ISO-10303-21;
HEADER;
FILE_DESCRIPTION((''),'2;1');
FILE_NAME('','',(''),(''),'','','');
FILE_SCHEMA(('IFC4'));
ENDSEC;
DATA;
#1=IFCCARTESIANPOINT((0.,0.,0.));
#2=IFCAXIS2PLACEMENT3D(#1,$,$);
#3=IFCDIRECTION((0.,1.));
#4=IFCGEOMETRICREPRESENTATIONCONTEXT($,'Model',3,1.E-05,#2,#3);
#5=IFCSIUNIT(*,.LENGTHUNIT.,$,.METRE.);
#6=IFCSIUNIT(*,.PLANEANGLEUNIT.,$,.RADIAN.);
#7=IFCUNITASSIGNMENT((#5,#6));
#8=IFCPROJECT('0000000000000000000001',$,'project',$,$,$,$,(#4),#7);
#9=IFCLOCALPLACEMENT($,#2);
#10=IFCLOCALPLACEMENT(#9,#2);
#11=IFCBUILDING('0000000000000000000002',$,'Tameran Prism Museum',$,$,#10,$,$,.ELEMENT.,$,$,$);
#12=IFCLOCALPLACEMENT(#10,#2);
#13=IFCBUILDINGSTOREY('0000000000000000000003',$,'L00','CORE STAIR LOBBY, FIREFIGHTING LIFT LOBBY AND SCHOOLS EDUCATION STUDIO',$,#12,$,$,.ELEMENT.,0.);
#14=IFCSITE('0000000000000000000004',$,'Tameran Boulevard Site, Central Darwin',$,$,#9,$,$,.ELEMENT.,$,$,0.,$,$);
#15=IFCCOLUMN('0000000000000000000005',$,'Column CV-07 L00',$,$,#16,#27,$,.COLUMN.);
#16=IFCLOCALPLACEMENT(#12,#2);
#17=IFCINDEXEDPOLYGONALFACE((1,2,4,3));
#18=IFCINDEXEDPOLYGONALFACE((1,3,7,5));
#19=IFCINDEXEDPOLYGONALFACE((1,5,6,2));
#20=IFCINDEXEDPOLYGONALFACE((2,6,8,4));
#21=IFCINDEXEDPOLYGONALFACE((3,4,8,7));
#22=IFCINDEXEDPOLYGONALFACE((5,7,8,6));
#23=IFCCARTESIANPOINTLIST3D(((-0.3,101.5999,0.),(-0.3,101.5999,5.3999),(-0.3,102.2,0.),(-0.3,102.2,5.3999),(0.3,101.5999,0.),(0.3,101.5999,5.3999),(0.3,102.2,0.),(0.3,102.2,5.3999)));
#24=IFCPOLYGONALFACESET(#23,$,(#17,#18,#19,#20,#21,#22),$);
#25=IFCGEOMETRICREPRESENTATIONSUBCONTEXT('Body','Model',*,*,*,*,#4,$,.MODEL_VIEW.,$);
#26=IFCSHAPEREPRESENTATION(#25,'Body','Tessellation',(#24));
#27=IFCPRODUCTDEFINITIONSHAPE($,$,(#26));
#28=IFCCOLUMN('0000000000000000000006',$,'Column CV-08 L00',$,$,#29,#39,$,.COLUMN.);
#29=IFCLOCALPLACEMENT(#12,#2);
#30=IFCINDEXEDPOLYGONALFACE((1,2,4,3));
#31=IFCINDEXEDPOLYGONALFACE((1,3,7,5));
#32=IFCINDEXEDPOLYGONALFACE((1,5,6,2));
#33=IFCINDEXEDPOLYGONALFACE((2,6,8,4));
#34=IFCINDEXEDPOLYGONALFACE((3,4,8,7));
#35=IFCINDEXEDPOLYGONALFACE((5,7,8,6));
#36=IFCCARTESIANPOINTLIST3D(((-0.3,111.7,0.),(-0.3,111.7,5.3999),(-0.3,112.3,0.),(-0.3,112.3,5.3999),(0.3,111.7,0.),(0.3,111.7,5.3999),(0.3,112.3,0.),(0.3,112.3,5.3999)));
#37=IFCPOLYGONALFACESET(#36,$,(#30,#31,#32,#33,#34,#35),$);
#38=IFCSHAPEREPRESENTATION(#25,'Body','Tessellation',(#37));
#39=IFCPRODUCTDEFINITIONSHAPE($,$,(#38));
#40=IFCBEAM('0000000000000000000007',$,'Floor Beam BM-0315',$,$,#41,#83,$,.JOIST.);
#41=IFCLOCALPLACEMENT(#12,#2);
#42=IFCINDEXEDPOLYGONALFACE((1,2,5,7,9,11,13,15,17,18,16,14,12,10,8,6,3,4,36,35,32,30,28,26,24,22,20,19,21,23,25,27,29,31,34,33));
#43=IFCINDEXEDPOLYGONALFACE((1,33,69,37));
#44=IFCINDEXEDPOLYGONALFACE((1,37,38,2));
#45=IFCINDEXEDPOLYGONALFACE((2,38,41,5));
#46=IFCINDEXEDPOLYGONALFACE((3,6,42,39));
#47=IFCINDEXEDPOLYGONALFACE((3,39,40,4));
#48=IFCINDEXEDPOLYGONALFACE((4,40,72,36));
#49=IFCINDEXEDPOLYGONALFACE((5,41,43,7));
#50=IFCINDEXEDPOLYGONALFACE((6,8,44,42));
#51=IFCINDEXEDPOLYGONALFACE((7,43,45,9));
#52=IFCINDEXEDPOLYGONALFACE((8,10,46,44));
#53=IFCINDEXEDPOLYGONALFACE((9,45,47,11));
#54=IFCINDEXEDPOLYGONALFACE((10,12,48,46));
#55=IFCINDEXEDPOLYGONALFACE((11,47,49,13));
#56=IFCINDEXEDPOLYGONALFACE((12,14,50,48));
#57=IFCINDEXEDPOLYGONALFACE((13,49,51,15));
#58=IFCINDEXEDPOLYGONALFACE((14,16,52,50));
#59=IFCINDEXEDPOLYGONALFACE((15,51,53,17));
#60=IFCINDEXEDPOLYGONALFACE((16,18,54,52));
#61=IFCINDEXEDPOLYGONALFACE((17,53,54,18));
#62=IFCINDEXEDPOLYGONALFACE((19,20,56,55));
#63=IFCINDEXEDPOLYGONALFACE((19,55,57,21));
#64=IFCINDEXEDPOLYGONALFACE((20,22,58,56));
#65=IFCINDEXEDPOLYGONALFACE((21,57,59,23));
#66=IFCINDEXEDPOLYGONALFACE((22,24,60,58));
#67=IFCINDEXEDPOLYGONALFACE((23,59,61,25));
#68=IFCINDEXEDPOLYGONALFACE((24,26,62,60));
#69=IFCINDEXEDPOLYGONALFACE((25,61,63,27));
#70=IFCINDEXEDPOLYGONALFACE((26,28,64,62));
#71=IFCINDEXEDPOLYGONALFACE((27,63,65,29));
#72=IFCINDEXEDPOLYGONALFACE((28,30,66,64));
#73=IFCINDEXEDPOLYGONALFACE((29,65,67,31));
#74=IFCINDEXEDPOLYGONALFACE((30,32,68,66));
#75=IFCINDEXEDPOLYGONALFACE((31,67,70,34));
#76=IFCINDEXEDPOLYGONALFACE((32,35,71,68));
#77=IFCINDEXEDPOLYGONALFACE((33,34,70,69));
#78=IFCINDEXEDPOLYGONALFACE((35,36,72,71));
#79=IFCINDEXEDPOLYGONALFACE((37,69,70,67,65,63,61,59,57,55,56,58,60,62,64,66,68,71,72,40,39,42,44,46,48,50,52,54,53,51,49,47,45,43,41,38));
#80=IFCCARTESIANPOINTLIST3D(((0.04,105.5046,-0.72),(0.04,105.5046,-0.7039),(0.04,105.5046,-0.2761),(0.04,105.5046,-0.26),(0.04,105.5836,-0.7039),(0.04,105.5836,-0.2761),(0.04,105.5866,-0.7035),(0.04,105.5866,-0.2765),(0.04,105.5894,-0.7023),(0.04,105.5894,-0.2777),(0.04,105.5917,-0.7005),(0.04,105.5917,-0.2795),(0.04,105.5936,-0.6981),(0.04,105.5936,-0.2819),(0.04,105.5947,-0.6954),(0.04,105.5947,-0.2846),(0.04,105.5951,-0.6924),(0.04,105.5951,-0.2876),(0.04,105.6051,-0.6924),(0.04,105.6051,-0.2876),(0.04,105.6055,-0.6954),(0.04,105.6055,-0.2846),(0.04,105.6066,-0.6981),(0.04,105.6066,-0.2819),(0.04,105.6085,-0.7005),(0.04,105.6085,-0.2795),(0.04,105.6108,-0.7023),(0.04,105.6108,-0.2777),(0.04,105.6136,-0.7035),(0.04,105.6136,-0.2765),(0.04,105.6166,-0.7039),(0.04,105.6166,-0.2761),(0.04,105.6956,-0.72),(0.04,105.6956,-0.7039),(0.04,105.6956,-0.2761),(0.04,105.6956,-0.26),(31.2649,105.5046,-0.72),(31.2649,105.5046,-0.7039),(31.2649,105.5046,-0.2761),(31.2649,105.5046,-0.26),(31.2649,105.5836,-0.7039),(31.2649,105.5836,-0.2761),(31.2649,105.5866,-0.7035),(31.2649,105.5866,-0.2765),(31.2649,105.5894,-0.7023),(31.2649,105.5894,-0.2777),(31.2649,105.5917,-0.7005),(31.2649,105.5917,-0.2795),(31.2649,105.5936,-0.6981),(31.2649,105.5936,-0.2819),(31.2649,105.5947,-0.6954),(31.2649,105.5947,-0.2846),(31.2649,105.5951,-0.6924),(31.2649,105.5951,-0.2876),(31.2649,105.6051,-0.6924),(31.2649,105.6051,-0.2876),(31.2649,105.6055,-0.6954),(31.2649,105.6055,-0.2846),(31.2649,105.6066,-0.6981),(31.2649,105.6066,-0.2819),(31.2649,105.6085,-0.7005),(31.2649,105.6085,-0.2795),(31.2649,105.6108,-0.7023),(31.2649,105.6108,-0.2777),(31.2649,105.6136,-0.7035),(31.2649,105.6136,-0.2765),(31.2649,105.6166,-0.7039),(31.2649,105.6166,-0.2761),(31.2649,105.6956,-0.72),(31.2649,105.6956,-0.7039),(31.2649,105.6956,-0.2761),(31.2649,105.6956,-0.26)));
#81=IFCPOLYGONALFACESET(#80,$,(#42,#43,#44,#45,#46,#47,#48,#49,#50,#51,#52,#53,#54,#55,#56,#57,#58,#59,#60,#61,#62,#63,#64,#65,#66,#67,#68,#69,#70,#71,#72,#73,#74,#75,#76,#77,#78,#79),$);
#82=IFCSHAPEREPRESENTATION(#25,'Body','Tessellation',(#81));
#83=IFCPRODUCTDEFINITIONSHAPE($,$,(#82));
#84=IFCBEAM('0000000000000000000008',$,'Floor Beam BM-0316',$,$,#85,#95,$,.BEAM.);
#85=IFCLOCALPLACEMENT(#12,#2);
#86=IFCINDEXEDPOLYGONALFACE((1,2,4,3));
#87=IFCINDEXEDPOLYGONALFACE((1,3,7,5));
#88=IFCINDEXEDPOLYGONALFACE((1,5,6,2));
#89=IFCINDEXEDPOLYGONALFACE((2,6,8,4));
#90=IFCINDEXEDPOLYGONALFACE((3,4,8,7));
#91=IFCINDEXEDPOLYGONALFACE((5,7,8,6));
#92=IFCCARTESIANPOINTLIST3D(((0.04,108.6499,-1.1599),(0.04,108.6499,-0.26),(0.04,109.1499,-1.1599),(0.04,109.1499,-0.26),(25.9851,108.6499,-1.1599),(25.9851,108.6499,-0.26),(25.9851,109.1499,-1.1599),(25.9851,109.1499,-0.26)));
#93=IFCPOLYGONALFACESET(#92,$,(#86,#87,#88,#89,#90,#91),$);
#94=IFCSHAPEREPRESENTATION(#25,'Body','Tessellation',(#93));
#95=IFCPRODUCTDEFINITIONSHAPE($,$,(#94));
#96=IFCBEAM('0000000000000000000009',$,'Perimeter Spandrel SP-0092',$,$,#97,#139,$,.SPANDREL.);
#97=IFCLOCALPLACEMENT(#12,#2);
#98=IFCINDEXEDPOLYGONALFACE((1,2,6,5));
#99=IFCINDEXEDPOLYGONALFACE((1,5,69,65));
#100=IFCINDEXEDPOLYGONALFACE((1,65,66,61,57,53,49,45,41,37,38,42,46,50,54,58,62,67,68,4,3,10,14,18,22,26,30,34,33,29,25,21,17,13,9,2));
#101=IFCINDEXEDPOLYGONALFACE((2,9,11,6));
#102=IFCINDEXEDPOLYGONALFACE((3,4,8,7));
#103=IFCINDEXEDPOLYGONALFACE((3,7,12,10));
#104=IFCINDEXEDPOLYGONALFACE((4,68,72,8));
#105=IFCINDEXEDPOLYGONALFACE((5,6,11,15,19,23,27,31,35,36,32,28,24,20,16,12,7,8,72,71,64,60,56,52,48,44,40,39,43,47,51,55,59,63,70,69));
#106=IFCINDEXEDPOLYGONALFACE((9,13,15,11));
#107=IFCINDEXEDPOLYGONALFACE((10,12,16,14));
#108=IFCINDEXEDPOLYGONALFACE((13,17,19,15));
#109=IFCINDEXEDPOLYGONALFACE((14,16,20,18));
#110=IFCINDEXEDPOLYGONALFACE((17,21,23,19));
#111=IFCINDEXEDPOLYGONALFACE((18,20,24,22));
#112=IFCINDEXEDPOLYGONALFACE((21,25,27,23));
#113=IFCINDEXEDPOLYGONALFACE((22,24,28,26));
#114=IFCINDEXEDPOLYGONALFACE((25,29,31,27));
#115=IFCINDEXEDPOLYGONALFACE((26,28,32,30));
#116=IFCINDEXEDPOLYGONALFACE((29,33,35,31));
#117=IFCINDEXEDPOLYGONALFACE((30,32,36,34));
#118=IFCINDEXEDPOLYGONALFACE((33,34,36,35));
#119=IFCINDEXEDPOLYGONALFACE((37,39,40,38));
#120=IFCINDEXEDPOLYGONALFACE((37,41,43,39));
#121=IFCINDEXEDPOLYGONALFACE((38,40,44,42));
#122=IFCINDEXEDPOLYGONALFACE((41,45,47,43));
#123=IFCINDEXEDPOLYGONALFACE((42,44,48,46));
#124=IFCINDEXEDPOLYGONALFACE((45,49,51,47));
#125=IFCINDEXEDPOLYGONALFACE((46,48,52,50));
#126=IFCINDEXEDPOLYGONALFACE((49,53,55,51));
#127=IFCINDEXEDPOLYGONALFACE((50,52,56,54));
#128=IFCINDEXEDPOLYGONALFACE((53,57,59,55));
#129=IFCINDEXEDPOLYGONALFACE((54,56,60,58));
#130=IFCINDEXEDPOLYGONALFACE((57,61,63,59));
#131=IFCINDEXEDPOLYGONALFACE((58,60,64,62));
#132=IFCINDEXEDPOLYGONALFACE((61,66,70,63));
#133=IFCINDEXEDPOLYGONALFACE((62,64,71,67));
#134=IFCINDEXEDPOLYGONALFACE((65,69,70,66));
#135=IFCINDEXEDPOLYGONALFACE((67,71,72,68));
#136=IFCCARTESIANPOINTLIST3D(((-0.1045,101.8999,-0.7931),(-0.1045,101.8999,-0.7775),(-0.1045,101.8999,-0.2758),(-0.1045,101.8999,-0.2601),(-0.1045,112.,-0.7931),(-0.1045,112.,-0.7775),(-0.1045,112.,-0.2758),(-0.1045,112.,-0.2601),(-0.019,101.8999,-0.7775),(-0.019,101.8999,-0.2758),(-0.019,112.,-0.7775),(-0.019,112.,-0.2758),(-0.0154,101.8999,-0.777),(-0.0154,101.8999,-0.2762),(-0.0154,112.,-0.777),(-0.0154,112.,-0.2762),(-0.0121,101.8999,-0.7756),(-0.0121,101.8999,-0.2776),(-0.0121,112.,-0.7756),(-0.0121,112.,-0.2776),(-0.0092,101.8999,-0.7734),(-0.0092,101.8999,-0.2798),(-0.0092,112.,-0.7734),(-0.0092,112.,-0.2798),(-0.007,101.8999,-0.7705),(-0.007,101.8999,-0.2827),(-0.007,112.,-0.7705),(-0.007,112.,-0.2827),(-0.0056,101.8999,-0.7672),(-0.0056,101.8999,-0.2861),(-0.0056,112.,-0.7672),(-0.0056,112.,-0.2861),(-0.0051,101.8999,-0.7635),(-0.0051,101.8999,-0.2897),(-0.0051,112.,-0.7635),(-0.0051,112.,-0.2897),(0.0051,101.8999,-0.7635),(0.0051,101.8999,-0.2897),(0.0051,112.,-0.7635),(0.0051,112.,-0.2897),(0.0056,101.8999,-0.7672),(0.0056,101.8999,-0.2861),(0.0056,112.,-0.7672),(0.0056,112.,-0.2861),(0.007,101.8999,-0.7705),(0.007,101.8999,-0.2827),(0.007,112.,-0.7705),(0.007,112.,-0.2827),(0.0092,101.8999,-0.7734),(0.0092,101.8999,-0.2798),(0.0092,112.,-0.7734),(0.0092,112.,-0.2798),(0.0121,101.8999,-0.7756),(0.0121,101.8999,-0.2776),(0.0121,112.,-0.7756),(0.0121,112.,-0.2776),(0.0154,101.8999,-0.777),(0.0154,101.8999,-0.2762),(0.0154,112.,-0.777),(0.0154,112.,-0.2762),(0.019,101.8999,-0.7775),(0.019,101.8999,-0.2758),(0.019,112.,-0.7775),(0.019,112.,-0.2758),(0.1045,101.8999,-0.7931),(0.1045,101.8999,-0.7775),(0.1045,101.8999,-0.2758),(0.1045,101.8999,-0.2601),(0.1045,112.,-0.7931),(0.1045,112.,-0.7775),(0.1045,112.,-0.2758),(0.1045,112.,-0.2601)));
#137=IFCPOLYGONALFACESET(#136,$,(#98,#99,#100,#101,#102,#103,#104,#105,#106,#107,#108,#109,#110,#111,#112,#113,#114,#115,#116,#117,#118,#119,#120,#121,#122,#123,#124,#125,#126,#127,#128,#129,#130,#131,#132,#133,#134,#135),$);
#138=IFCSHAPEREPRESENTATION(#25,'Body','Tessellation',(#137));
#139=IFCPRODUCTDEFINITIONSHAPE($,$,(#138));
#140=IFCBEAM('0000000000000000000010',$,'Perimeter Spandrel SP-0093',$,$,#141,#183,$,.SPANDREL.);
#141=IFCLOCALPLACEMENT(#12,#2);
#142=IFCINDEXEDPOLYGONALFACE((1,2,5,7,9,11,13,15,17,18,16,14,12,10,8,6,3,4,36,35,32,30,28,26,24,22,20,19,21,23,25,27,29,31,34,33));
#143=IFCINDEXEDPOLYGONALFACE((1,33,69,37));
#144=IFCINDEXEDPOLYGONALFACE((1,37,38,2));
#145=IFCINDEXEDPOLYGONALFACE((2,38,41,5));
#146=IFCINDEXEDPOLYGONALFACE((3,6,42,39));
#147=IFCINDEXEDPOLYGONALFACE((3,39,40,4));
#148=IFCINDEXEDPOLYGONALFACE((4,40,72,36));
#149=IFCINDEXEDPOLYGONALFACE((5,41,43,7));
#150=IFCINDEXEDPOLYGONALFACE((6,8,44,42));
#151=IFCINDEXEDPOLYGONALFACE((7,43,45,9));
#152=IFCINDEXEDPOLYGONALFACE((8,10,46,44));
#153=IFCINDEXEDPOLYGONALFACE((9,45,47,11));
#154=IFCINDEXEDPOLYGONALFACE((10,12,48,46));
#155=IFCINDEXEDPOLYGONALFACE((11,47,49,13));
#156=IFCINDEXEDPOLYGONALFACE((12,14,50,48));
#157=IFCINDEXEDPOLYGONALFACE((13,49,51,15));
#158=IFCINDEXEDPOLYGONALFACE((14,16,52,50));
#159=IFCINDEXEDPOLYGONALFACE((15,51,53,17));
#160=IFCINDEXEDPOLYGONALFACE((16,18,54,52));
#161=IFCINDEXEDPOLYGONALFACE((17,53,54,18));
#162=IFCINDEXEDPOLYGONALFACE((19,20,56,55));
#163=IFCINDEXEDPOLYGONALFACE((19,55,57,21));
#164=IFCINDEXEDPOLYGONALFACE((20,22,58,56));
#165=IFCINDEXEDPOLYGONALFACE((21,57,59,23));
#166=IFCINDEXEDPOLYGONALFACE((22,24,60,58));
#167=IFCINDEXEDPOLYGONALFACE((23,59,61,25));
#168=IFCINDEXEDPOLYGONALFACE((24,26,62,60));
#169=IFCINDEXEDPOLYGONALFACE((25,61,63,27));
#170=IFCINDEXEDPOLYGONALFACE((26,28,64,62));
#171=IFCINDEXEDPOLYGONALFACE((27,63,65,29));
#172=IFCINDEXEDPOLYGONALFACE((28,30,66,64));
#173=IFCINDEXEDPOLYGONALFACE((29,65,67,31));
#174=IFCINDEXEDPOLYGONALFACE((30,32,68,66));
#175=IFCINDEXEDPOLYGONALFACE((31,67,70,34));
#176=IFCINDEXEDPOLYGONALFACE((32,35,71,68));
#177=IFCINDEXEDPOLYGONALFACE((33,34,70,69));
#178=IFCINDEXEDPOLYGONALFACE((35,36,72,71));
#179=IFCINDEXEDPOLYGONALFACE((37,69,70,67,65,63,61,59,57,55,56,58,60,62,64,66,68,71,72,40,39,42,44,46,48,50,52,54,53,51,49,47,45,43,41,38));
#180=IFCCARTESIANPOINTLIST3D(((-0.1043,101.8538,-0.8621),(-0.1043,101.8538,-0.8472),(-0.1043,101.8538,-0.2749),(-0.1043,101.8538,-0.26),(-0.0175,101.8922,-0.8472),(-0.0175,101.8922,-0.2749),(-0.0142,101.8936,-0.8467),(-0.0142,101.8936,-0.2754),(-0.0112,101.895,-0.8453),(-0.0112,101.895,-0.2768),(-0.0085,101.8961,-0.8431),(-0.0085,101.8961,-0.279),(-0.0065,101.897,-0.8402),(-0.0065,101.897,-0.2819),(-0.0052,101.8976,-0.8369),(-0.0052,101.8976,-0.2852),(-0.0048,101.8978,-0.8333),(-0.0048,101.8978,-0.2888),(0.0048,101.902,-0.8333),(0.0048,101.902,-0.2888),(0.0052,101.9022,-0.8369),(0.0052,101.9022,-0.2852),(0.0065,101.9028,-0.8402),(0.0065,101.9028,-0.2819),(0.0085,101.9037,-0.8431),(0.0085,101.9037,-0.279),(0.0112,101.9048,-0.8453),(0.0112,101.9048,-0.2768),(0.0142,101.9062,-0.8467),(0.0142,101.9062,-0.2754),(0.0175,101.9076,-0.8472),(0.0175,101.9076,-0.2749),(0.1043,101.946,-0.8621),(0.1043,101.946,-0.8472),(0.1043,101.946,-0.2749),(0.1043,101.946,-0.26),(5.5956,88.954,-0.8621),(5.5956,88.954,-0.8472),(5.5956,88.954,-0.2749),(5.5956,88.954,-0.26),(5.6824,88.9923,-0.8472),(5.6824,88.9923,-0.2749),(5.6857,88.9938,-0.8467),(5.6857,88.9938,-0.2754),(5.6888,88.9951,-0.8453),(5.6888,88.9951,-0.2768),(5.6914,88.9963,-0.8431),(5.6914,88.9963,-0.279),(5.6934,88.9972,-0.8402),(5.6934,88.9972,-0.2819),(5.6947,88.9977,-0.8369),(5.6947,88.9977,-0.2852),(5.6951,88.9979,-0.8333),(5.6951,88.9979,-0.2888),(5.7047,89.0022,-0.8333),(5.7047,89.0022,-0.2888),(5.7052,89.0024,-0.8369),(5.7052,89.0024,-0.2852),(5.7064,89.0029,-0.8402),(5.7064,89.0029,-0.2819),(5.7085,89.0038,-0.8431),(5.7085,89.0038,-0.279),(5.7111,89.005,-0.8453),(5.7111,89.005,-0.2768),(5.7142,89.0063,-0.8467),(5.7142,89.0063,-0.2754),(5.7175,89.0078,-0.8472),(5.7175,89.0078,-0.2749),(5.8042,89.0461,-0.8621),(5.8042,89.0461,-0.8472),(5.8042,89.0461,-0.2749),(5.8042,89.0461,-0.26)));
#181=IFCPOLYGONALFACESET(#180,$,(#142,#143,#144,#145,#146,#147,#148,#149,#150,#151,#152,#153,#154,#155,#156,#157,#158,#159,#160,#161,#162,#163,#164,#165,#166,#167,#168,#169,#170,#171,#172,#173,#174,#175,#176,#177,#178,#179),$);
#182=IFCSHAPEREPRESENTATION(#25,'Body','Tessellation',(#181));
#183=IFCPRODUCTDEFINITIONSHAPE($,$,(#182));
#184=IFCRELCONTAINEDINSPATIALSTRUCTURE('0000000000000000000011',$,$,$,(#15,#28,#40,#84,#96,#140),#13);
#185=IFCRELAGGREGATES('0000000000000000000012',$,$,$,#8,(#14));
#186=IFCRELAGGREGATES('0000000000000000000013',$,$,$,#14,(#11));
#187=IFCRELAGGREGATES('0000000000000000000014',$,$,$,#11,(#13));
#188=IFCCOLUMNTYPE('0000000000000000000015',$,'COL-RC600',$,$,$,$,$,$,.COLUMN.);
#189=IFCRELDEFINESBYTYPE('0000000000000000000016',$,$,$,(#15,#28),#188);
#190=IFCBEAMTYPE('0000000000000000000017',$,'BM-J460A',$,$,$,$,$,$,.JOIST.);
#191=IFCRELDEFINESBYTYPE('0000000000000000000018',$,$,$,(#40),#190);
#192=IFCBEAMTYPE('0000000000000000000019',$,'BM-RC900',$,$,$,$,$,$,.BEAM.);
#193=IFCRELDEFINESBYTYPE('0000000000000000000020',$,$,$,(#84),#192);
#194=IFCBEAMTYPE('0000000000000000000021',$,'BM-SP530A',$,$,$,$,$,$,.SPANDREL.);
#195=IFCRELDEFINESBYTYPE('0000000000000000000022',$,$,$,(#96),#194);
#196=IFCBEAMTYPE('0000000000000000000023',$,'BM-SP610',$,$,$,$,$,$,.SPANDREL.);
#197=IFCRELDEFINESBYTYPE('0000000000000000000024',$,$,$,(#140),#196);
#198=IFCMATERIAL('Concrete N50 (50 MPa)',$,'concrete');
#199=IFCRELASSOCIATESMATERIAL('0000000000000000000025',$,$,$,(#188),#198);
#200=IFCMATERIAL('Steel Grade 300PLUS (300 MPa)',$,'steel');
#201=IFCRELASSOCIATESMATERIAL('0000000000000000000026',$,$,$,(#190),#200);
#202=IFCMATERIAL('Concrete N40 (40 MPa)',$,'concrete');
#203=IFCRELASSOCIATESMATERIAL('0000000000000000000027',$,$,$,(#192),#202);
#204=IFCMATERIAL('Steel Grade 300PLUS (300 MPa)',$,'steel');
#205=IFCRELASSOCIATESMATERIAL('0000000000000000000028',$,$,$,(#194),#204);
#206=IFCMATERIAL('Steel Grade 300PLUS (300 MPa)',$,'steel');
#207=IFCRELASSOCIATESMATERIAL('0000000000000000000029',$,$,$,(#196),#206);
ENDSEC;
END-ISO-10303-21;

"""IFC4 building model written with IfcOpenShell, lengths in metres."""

from ifc_helpers import new_model, si_unit, direction, frame, origin, origin_2d, place, context, subcontext, project, spatial, rectangle, i_section, extrude, material, material_profile, profile_set, type_object, element, save


model = new_model("IFC4")

# Units and contexts
model_context = context("Model", 3, precision=1e-05, world=origin(), true_north=direction((0.0, 1.0)))
body_context = subcontext(model_context, "Body", "Model", "MODEL_VIEW")
ifc_project = project(units=[si_unit("LENGTHUNIT", "METRE"), si_unit("PLANEANGLEUNIT", "RADIAN")], contexts=[model_context])

# Site, building, storey
site_placement = place(None, origin())
site = spatial("IfcSite", under=ifc_project, at=site_placement, Name="Tameran Boulevard Site, Central Darwin", CompositionType="ELEMENT", RefElevation=0.0)
building_placement = place(site_placement, origin())
building = spatial("IfcBuilding", under=site, at=building_placement, Name="Tameran Prism Museum", CompositionType="ELEMENT")
storey_placement = place(building_placement, origin())
storey = spatial("IfcBuildingStorey", under=building, at=storey_placement, Name="L00", Description="CORE STAIR LOBBY, FIREFIGHTING LIFT LOBBY AND SCHOOLS EDUCATION STUDIO", CompositionType="ELEMENT", Elevation=0.0)

# Columns
ifc_material_1 = material(Name="Concrete N50 (50 MPa)", Category="concrete")
ifc_material_profile_1 = material_profile(ifc_material_1, rectangle(XDim=0.6001, YDim=0.6001, at=origin_2d()))
ifc_profile_set_1 = profile_set([ifc_material_profile_1])
column_type = type_object("IfcColumnType", Name="COL-RC600", PredefinedType="COLUMN", material=ifc_profile_set_1)
for number, where, z_axis, x_axis, name in (
    (1, (0.0, 101.8999, 0.0), (0.0, 0.0, 1.0), (1.0, 0.0, 0.0), "Column CV-07 L00"),
    (2, (0.0, 112.0, 0.0), (0.0, 0.0, 1.0), (1.0, 0.0, 0.0), "Column CV-08 L00"),
):
    element("IfcColumn", number, at=place(storey_placement, frame(where, z_axis=z_axis, x_axis=x_axis)), inside=storey, type_object=column_type, Name=name, PredefinedType="COLUMN", context=body_context, shape_type="SweptSolid", body=[
        extrude(rectangle(XDim=0.6001, YDim=0.6001, at=origin_2d()), origin(), (0.0, 0.0, 1.0), 5.3999),
    ])

# Beams
ifc_material_2 = material(Name="Steel Grade 300PLUS (300 MPa)", Category="steel")
ifc_material_profile_2 = material_profile(ifc_material_2, i_section(OverallWidth=0.1909, OverallDepth=0.46, WebThickness=0.01, FlangeThickness=0.0161, FilletRadius=0.0115, at=origin_2d()))
ifc_profile_set_2 = profile_set([ifc_material_profile_2])
beam_type_1 = type_object("IfcBeamType", Name="BM-J460A", PredefinedType="JOIST", material=ifc_profile_set_2)
beam_1_placement = place(storey_placement, frame((0.04, 105.6001, -0.49), z_axis=(1.0, 0.0, 0.0), x_axis=(0.0, 1.0, 0.0)))
element("IfcBeam", 3, at=beam_1_placement, inside=storey, type_object=beam_type_1, Name="Floor Beam BM-0315", PredefinedType="JOIST", context=body_context, shape_type="SweptSolid", body=[
    extrude(i_section(OverallWidth=0.1909, OverallDepth=0.46, WebThickness=0.01, FlangeThickness=0.0161, FilletRadius=0.0115, at=origin_2d()), origin(), (0.0, 0.0, 1.0), 31.2249),
])
ifc_material_3 = material(Name="Concrete N40 (40 MPa)", Category="concrete")
ifc_material_profile_3 = material_profile(ifc_material_3, rectangle(XDim=0.5, YDim=0.8999, at=origin_2d()))
ifc_profile_set_3 = profile_set([ifc_material_profile_3])
beam_type_2 = type_object("IfcBeamType", Name="BM-RC900", PredefinedType="BEAM", material=ifc_profile_set_3)
beam_2_placement = place(storey_placement, frame((0.04, 108.8999, -0.71), z_axis=(1.0, 0.0, 0.0), x_axis=(0.0, 1.0, 0.0)))
element("IfcBeam", 4, at=beam_2_placement, inside=storey, type_object=beam_type_2, Name="Floor Beam BM-0316", PredefinedType="BEAM", context=body_context, shape_type="SweptSolid", body=[
    extrude(rectangle(XDim=0.5, YDim=0.8999, at=origin_2d()), origin(), (0.0, 0.0, 1.0), 25.9451),
])
ifc_material_4 = material(Name="Steel Grade 300PLUS (300 MPa)", Category="steel")
ifc_material_profile_4 = material_profile(ifc_material_4, i_section(OverallWidth=0.209, OverallDepth=0.533, WebThickness=0.0103, FlangeThickness=0.0156, FilletRadius=0.0139, at=origin_2d()))
ifc_profile_set_4 = profile_set([ifc_material_profile_4])
beam_type_3 = type_object("IfcBeamType", Name="BM-SP530A", PredefinedType="SPANDREL", material=ifc_profile_set_4)
beam_3_placement = place(storey_placement, frame((0.0, 112.0, -0.5266), z_axis=(0.0, -1.0, 0.0), x_axis=(1.0, 0.0, 0.0)))
element("IfcBeam", 5, at=beam_3_placement, inside=storey, type_object=beam_type_3, Name="Perimeter Spandrel SP-0092", PredefinedType="SPANDREL", context=body_context, shape_type="SweptSolid", body=[
    extrude(i_section(OverallWidth=0.209, OverallDepth=0.533, WebThickness=0.0103, FlangeThickness=0.0156, FilletRadius=0.0139, at=origin_2d()), origin(), (0.0, 0.0, 1.0), 10.1001),
])
ifc_material_5 = material(Name="Steel Grade 300PLUS (300 MPa)", Category="steel")
ifc_material_profile_5 = material_profile(ifc_material_5, i_section(OverallWidth=0.228, OverallDepth=0.6021, WebThickness=0.0105, FlangeThickness=0.0149, FilletRadius=0.0139, at=origin_2d()))
ifc_profile_set_5 = profile_set([ifc_material_profile_5])
beam_type_4 = type_object("IfcBeamType", Name="BM-SP610", PredefinedType="SPANDREL", material=ifc_profile_set_5)
beam_4_placement = place(storey_placement, frame((0.0, 101.8999, -0.561), z_axis=(0.404164, -0.914687, 0.0), x_axis=(0.914687, 0.404164, 0.0)))
element("IfcBeam", 6, at=beam_4_placement, inside=storey, type_object=beam_type_4, Name="Perimeter Spandrel SP-0093", PredefinedType="SPANDREL", context=body_context, shape_type="SweptSolid", body=[
    extrude(i_section(OverallWidth=0.228, OverallDepth=0.6021, WebThickness=0.0105, FlangeThickness=0.0149, FilletRadius=0.0139, at=origin_2d()), origin(), (0.0, 0.0, 1.0), 14.103),
])

save(model, "model.ifc")
